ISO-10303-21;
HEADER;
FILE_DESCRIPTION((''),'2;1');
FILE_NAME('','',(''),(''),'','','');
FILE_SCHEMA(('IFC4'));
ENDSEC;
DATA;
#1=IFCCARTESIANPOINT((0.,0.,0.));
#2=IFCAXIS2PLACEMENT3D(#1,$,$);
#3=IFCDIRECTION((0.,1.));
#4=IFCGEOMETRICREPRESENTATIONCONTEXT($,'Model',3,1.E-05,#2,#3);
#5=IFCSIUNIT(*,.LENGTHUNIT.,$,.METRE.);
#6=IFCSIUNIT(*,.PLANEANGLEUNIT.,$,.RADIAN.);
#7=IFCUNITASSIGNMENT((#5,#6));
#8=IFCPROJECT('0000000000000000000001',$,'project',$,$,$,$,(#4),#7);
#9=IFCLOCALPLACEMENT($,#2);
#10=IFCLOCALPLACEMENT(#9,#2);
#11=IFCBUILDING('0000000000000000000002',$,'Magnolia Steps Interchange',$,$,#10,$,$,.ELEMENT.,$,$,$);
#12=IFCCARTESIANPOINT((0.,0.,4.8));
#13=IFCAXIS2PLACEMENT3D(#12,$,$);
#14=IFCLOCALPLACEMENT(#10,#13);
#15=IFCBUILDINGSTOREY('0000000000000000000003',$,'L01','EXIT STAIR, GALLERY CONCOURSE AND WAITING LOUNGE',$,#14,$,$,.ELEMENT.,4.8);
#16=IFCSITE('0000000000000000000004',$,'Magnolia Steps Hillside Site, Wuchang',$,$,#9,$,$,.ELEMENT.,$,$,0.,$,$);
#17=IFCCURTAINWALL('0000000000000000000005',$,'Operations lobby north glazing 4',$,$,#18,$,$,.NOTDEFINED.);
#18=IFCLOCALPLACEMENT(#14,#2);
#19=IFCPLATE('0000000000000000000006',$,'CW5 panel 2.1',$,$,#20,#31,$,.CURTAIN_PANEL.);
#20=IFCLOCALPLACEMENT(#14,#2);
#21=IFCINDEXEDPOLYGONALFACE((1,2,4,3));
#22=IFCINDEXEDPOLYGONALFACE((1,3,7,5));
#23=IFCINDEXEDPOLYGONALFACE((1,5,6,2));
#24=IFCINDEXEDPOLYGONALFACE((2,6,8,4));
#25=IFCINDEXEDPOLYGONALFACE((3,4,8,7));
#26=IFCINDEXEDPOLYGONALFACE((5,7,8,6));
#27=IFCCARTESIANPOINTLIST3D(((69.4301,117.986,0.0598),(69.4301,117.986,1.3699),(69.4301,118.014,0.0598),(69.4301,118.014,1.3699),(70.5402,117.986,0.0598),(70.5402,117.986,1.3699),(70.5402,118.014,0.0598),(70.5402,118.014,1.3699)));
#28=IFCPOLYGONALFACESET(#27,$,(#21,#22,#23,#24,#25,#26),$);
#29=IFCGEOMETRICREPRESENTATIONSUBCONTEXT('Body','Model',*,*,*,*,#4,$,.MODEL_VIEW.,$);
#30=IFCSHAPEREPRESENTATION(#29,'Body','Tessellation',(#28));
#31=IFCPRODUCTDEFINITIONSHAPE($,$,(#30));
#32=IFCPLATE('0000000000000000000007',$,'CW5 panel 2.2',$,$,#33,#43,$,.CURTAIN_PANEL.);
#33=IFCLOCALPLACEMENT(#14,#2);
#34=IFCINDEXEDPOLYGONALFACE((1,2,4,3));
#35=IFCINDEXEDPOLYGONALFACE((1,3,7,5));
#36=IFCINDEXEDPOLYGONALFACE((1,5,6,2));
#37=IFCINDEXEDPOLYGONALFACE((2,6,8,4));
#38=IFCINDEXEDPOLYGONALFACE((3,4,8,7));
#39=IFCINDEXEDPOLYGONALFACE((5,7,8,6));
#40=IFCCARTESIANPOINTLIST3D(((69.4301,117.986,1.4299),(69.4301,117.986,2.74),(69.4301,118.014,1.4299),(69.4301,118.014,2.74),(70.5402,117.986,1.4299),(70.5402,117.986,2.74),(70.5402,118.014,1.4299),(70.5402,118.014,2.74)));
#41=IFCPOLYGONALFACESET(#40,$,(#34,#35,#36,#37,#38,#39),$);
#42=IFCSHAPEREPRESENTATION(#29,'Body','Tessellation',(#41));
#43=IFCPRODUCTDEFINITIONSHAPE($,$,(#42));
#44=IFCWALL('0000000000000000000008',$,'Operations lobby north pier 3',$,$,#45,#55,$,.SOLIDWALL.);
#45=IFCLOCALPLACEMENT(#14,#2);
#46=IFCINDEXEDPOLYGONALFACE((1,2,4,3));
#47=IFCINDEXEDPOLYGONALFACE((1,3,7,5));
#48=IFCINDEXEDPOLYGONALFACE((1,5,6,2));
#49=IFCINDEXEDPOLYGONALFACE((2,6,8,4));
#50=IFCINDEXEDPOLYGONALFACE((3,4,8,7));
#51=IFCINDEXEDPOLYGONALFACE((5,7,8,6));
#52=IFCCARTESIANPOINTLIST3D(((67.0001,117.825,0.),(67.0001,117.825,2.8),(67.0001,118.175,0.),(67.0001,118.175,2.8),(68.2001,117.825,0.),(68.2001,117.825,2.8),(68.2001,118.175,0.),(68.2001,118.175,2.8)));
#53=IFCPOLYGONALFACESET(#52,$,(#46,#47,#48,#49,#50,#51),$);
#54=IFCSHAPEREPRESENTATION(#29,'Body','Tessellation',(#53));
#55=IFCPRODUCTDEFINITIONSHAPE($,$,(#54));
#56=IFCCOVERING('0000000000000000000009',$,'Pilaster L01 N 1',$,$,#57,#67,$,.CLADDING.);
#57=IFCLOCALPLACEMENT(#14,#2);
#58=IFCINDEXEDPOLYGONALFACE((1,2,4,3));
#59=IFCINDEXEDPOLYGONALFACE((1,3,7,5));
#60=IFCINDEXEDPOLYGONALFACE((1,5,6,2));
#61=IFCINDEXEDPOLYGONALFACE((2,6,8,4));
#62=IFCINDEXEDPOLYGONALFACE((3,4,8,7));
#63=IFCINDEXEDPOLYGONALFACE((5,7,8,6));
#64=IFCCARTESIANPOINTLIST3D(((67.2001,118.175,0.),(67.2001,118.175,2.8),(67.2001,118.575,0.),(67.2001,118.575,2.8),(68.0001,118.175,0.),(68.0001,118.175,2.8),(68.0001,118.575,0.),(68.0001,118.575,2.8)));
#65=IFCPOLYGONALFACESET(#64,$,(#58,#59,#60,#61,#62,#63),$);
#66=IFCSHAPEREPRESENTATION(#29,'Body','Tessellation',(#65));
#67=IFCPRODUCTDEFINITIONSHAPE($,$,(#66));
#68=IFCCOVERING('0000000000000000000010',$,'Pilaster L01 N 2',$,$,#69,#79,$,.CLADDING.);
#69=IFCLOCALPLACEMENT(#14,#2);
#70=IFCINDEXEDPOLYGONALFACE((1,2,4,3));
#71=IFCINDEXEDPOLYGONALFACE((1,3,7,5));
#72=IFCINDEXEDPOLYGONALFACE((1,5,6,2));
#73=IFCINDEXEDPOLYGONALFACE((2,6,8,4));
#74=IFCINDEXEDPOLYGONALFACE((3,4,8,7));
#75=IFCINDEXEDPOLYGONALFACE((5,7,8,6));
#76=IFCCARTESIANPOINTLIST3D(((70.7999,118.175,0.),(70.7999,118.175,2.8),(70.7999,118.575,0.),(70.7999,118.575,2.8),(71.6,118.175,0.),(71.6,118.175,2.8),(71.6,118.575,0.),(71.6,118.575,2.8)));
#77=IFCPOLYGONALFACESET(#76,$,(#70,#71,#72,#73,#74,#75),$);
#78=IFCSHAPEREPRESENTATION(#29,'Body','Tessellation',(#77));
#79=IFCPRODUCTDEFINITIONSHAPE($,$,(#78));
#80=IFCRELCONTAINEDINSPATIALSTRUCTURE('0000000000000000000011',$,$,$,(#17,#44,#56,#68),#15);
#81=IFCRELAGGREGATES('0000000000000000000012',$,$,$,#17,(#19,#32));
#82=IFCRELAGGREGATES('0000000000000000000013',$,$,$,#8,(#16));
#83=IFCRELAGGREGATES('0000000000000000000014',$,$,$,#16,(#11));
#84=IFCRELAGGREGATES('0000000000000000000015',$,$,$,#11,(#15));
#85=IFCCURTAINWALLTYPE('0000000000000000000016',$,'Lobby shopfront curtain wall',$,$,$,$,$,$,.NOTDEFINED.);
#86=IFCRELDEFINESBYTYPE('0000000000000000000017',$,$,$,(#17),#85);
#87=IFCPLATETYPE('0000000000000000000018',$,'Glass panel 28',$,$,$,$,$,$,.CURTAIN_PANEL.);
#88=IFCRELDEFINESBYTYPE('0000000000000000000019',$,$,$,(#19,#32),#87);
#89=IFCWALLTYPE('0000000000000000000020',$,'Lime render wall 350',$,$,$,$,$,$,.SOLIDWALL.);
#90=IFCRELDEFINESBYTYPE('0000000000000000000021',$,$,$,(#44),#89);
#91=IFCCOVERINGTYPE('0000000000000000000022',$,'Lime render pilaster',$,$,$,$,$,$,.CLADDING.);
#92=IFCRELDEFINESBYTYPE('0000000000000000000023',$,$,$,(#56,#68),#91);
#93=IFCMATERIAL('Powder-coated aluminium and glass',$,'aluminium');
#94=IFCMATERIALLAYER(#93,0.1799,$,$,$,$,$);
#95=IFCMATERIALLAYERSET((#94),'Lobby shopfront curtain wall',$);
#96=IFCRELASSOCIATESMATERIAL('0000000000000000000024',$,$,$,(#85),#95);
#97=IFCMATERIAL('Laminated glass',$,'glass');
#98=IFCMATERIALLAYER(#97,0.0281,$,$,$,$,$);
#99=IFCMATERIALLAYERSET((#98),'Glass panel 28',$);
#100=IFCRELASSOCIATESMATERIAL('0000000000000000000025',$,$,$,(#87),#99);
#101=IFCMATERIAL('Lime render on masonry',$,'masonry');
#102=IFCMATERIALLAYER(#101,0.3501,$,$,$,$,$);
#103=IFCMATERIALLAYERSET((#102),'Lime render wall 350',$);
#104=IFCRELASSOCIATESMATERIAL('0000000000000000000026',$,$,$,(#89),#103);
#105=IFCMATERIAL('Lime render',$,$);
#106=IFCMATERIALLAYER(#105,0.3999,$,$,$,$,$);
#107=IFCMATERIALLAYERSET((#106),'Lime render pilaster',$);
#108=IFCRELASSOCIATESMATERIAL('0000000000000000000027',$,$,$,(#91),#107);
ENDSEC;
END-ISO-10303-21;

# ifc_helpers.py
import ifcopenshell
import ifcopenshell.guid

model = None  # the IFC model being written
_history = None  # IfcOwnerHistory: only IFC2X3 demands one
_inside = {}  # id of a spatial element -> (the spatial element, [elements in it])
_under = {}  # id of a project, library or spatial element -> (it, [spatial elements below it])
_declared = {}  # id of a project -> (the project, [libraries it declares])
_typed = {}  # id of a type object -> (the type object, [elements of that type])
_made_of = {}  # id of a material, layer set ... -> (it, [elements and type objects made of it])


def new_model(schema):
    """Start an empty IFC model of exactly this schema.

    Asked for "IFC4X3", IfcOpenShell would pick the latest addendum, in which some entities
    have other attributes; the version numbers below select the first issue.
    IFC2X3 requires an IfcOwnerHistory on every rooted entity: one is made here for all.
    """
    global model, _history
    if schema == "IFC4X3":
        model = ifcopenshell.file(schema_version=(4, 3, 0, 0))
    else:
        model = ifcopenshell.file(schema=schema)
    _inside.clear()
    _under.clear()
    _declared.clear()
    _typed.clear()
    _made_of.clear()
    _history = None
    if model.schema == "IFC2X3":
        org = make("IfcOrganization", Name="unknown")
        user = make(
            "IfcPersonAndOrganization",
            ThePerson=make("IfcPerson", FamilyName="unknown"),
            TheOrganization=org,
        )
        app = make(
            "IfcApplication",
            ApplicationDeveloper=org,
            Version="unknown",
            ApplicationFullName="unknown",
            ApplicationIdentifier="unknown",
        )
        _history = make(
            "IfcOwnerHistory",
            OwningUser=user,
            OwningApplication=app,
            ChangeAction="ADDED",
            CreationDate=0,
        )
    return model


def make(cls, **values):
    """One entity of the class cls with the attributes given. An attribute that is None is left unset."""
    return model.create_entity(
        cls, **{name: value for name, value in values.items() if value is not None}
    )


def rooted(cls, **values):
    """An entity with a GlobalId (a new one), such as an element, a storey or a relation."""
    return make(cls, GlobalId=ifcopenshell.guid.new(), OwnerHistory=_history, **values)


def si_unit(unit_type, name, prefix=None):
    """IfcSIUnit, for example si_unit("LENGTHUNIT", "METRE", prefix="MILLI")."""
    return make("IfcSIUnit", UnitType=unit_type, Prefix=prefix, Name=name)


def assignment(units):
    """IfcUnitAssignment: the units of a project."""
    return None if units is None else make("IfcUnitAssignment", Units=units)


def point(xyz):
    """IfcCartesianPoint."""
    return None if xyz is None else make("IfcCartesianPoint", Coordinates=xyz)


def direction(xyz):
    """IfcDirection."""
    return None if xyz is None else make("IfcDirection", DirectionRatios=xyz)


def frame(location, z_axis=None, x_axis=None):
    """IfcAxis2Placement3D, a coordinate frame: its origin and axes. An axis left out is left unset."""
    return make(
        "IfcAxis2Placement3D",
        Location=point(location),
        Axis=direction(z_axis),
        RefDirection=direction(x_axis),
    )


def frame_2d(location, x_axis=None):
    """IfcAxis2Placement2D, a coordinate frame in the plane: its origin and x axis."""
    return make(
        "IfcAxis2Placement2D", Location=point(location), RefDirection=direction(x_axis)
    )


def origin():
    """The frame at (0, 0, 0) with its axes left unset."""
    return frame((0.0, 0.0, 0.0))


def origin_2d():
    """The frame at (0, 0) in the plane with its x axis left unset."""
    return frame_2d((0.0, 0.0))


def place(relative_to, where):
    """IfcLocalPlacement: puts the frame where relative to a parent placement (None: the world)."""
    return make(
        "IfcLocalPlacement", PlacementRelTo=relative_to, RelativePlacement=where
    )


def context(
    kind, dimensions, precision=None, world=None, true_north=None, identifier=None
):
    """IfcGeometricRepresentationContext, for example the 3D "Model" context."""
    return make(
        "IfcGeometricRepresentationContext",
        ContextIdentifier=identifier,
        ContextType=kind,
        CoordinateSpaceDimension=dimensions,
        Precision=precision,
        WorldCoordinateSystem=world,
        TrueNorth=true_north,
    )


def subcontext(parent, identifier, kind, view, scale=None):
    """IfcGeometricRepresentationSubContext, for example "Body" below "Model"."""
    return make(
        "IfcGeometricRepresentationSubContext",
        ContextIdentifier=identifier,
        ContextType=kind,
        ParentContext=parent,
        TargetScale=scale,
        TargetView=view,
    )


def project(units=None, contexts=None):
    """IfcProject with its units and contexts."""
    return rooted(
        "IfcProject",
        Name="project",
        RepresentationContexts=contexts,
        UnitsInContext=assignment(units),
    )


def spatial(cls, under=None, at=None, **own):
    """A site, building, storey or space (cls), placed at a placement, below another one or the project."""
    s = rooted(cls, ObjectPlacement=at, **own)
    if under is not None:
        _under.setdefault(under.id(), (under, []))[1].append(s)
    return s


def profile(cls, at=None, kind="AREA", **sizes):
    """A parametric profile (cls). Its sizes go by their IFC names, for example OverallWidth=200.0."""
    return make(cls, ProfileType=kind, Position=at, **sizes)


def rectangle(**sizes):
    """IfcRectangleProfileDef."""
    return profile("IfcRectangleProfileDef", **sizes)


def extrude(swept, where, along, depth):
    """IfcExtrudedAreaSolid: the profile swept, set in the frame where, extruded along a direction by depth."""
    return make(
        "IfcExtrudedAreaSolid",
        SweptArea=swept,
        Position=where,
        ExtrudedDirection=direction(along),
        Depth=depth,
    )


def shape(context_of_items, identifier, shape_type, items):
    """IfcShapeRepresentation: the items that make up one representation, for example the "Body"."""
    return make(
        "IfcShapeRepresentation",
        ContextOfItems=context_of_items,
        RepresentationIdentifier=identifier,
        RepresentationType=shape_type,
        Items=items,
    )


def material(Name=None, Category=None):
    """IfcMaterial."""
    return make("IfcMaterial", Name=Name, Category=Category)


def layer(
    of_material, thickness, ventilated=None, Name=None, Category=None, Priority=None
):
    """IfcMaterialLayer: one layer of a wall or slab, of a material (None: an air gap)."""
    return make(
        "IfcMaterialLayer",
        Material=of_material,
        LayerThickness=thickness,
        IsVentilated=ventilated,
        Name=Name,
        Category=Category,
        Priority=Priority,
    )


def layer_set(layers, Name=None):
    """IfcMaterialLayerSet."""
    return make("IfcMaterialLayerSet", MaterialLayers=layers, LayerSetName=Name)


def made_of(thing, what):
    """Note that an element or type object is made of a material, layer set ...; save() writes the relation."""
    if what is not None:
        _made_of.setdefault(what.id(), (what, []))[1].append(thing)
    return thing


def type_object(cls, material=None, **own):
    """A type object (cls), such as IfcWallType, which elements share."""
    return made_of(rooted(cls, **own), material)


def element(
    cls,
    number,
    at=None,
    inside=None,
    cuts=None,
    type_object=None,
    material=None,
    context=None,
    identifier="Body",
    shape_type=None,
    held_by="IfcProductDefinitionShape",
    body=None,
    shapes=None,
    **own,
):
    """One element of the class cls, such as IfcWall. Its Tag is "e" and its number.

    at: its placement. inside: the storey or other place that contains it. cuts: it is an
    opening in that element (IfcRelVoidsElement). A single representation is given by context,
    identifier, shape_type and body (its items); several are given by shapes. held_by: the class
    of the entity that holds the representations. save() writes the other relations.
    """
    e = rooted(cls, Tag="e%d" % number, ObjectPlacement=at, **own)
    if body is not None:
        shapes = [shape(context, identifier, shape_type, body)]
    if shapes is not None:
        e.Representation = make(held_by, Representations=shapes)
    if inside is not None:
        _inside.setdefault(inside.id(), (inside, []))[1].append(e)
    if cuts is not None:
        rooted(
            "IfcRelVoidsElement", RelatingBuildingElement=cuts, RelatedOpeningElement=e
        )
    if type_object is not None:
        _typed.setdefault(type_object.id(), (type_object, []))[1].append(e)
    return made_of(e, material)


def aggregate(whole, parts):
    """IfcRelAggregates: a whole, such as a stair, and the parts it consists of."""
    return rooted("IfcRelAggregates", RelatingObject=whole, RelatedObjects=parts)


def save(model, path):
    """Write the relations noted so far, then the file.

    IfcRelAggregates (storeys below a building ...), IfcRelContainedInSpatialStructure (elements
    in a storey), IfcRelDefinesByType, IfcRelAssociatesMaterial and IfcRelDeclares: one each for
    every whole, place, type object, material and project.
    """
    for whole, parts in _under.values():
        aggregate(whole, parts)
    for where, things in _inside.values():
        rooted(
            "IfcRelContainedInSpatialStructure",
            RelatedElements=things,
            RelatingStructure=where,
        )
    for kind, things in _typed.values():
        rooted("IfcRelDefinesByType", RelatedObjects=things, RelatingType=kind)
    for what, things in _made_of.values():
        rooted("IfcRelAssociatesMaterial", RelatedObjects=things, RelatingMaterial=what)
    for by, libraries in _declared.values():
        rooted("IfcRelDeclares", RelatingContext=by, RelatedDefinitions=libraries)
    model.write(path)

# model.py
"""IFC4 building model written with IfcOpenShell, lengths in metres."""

from ifc_helpers import new_model, si_unit, direction, frame, frame_2d, origin, origin_2d, place, context, subcontext, project, spatial, rectangle, extrude, material, layer, layer_set, type_object, element, aggregate, save


model = new_model("IFC4")

# Units and contexts
model_context = context("Model", 3, precision=1e-05, world=origin(), true_north=direction((0.0, 1.0)))
body_context = subcontext(model_context, "Body", "Model", "MODEL_VIEW")
ifc_project = project(units=[si_unit("LENGTHUNIT", "METRE"), si_unit("PLANEANGLEUNIT", "RADIAN")], contexts=[model_context])

# Site, building, storey
site_placement = place(None, origin())
site = spatial("IfcSite", under=ifc_project, at=site_placement, Name="Magnolia Steps Hillside Site, Wuchang", CompositionType="ELEMENT", RefElevation=0.0)
building_placement = place(site_placement, origin())
building = spatial("IfcBuilding", under=site, at=building_placement, Name="Magnolia Steps Interchange", CompositionType="ELEMENT")
storey_placement = place(building_placement, frame((0.0, 0.0, 4.8)))
storey = spatial("IfcBuildingStorey", under=building, at=storey_placement, Name="L01", Description="EXIT STAIR, GALLERY CONCOURSE AND WAITING LOUNGE", CompositionType="ELEMENT", Elevation=4.8)

# Shared definitions
ifc_material_1 = material(Name="Powder-coated aluminium and glass", Category="aluminium")
ifc_layer_1 = layer(ifc_material_1, 0.1799)
ifc_layer_set_1 = layer_set([ifc_layer_1], Name="Lobby shopfront curtain wall")
curtain_wall_type = type_object("IfcCurtainWallType", Name="Lobby shopfront curtain wall", PredefinedType="NOTDEFINED", material=ifc_layer_set_1)

# Curtain wall
curtain_wall_1_placement = place(storey_placement, origin())
curtain_wall_1 = element("IfcCurtainWall", 1, at=curtain_wall_1_placement, inside=storey, type_object=curtain_wall_type, Name="Operations lobby north glazing 4", PredefinedType="NOTDEFINED")

# Plates
ifc_material_2 = material(Name="Laminated glass", Category="glass")
ifc_layer_2 = layer(ifc_material_2, 0.0281)
ifc_layer_set_2 = layer_set([ifc_layer_2], Name="Glass panel 28")
plate_type = type_object("IfcPlateType", Name="Glass panel 28", PredefinedType="CURTAIN_PANEL", material=ifc_layer_set_2)
plate_1_placement = place(storey_placement, frame((69.9851, 118.0, 0.0598), z_axis=(0.0, 0.0, 1.0), x_axis=(1.0, 0.0, 0.0)))
plate_1 = element("IfcPlate", 2, at=plate_1_placement, type_object=plate_type, Name="CW5 panel 2.1", PredefinedType="CURTAIN_PANEL", context=body_context, shape_type="SweptSolid", body=[
    extrude(rectangle(XDim=1.1101, YDim=0.0281, at=origin_2d()), origin(), (0.0, 0.0, 1.0), 1.3101),
])
plate_2_placement = place(storey_placement, frame((69.9851, 118.0, 1.4299), z_axis=(0.0, 0.0, 1.0), x_axis=(1.0, 0.0, 0.0)))
plate_2 = element("IfcPlate", 3, at=plate_2_placement, type_object=plate_type, Name="CW5 panel 2.2", PredefinedType="CURTAIN_PANEL", context=body_context, shape_type="SweptSolid", body=[
    extrude(rectangle(XDim=1.1101, YDim=0.0281, at=origin_2d()), origin(), (0.0, 0.0, 1.0), 1.3101),
])
aggregate(curtain_wall_1, [plate_1, plate_2])

# Wall
ifc_material_3 = material(Name="Lime render on masonry", Category="masonry")
ifc_layer_3 = layer(ifc_material_3, 0.3501)
ifc_layer_set_3 = layer_set([ifc_layer_3], Name="Lime render wall 350")
wall_type = type_object("IfcWallType", Name="Lime render wall 350", PredefinedType="SOLIDWALL", material=ifc_layer_set_3)
wall_1_placement = place(storey_placement, frame((67.0, 118.0, 0.0), z_axis=(0.0, 0.0, 1.0), x_axis=(1.0, 0.0, 0.0)))
element("IfcWall", 4, at=wall_1_placement, inside=storey, type_object=wall_type, Name="Operations lobby north pier 3", PredefinedType="SOLIDWALL", context=body_context, shape_type="SweptSolid", body=[
    extrude(rectangle(XDim=1.2, YDim=0.3501, at=frame_2d((0.6001, 0.0))), origin(), (0.0, 0.0, 1.0), 2.8),
])

# Coverings
ifc_material_4 = material(Name="Lime render")
ifc_layer_4 = layer(ifc_material_4, 0.3999)
ifc_layer_set_4 = layer_set([ifc_layer_4], Name="Lime render pilaster")
covering_type_1 = type_object("IfcCoveringType", Name="Lime render pilaster", PredefinedType="CLADDING", material=ifc_layer_set_4)
for number, where, z_axis, x_axis, name in (
    (5, (67.6001, 118.375, 0.0), (0.0, 0.0, 1.0), (1.0, 0.0, 0.0), "Pilaster L01 N 1"),
    (6, (71.2, 118.375, 0.0), (0.0, 0.0, 1.0), (1.0, 0.0, 0.0), "Pilaster L01 N 2"),
):
    element("IfcCovering", number, at=place(storey_placement, frame(where, z_axis=z_axis, x_axis=x_axis)), inside=storey, type_object=covering_type_1, Name=name, PredefinedType="CLADDING", context=body_context, shape_type="SweptSolid", body=[
        extrude(rectangle(XDim=0.8, YDim=0.3999, at=origin_2d()), origin(), (0.0, 0.0, 1.0), 2.8),
    ])

save(model, "model.ifc")
